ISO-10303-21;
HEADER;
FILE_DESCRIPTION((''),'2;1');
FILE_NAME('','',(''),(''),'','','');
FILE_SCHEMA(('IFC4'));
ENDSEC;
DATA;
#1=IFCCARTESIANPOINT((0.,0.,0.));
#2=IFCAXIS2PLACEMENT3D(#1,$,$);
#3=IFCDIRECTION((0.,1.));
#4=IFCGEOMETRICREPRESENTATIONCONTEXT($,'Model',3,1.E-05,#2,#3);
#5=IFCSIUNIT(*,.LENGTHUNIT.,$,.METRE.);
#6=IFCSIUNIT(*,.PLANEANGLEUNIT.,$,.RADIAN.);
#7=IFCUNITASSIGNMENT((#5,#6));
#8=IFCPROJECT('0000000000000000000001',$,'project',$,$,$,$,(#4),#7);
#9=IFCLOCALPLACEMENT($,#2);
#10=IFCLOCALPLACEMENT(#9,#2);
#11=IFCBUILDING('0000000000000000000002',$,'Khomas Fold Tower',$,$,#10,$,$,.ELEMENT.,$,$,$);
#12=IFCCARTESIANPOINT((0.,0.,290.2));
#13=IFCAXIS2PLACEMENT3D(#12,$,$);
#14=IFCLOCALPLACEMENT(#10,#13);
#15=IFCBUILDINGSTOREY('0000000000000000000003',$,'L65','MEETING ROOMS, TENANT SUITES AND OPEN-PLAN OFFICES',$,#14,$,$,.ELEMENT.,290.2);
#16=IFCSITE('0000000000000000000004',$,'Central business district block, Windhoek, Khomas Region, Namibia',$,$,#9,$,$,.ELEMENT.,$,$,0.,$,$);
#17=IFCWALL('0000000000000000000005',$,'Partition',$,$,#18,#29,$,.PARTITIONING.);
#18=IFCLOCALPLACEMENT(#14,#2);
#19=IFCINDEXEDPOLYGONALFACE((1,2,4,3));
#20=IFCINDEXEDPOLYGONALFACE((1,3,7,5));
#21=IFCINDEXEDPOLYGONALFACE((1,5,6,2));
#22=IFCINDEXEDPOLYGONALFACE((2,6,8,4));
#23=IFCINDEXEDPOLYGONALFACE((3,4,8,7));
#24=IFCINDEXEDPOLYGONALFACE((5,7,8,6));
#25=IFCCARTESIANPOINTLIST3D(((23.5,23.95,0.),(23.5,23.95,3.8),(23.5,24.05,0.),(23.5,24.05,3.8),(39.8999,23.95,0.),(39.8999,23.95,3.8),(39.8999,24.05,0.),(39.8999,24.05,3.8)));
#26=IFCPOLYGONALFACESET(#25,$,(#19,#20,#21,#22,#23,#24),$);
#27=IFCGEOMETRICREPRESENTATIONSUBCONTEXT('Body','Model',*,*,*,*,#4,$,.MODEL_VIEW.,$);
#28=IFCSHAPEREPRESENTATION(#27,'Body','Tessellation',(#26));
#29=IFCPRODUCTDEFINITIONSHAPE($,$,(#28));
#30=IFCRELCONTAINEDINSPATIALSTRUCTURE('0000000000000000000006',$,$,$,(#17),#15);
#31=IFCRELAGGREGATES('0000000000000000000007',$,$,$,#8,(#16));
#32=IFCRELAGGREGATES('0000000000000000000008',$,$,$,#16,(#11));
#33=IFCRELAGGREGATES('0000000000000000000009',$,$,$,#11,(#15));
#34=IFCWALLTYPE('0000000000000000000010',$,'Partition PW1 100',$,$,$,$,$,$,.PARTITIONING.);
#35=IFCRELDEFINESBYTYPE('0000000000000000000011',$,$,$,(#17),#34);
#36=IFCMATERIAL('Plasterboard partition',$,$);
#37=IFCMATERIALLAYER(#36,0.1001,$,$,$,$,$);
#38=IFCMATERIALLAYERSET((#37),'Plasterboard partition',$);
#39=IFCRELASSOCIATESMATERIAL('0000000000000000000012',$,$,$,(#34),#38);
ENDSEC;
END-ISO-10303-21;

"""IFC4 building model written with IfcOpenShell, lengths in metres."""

from ifc_helpers import new_model, si_unit, direction, frame, frame_2d, origin, place, context, subcontext, project, spatial, rectangle, extrude, source, transform, mapped, material, layer, layer_set, type_object, element, save


model = new_model("IFC4")

# Units and contexts
model_context = context("Model", 3, precision=1e-05, world=origin(), true_north=direction((0.0, 1.0)))
body_context = subcontext(model_context, "Body", "Model", "MODEL_VIEW")
ifc_project = project(units=[si_unit("LENGTHUNIT", "METRE"), si_unit("PLANEANGLEUNIT", "RADIAN")], contexts=[model_context])

# Site, building, storey
site_placement = place(None, origin())
site = spatial("IfcSite", under=ifc_project, at=site_placement, Name="Central business district block, Windhoek, Khomas Region, Namibia", CompositionType="ELEMENT", RefElevation=0.0)
building_placement = place(site_placement, origin())
building = spatial("IfcBuilding", under=site, at=building_placement, Name="Khomas Fold Tower", CompositionType="ELEMENT")
storey_placement = place(building_placement, frame((0.0, 0.0, 290.2)))
storey = spatial("IfcBuildingStorey", under=building, at=storey_placement, Name="L65", Description="MEETING ROOMS, TENANT SUITES AND OPEN-PLAN OFFICES", CompositionType="ELEMENT", Elevation=290.2)

# Wall
ifc_material_1 = material(Name="Plasterboard partition")
ifc_layer_1 = layer(ifc_material_1, 0.1001)
ifc_layer_set_1 = layer_set([ifc_layer_1], Name="Plasterboard partition")
wall_type_1 = type_object("IfcWallType", Name="Partition PW1 100", PredefinedType="PARTITIONING", material=ifc_layer_set_1)
shared_shape_1 = source(origin(), body_context, "Body", "SweptSolid", [
    extrude(rectangle(XDim=16.3999, YDim=0.1001, at=frame_2d((8.2, 0.0))), origin(), (0.0, 0.0, 1.0), 3.8),
])
wall_1_placement = place(storey_placement, frame((23.5, 24.0, 0.0), z_axis=(0.0, 0.0, 1.0), x_axis=(1.0, 0.0, 0.0)))
element("IfcWall", 1, at=wall_1_placement, inside=storey, type_object=wall_type_1, Name="Partition", PredefinedType="PARTITIONING", context=body_context, shape_type="MappedRepresentation", body=[
    mapped(shared_shape_1, transform((0.0, 0.0, 0.0))),
])

save(model, "model.ifc")
